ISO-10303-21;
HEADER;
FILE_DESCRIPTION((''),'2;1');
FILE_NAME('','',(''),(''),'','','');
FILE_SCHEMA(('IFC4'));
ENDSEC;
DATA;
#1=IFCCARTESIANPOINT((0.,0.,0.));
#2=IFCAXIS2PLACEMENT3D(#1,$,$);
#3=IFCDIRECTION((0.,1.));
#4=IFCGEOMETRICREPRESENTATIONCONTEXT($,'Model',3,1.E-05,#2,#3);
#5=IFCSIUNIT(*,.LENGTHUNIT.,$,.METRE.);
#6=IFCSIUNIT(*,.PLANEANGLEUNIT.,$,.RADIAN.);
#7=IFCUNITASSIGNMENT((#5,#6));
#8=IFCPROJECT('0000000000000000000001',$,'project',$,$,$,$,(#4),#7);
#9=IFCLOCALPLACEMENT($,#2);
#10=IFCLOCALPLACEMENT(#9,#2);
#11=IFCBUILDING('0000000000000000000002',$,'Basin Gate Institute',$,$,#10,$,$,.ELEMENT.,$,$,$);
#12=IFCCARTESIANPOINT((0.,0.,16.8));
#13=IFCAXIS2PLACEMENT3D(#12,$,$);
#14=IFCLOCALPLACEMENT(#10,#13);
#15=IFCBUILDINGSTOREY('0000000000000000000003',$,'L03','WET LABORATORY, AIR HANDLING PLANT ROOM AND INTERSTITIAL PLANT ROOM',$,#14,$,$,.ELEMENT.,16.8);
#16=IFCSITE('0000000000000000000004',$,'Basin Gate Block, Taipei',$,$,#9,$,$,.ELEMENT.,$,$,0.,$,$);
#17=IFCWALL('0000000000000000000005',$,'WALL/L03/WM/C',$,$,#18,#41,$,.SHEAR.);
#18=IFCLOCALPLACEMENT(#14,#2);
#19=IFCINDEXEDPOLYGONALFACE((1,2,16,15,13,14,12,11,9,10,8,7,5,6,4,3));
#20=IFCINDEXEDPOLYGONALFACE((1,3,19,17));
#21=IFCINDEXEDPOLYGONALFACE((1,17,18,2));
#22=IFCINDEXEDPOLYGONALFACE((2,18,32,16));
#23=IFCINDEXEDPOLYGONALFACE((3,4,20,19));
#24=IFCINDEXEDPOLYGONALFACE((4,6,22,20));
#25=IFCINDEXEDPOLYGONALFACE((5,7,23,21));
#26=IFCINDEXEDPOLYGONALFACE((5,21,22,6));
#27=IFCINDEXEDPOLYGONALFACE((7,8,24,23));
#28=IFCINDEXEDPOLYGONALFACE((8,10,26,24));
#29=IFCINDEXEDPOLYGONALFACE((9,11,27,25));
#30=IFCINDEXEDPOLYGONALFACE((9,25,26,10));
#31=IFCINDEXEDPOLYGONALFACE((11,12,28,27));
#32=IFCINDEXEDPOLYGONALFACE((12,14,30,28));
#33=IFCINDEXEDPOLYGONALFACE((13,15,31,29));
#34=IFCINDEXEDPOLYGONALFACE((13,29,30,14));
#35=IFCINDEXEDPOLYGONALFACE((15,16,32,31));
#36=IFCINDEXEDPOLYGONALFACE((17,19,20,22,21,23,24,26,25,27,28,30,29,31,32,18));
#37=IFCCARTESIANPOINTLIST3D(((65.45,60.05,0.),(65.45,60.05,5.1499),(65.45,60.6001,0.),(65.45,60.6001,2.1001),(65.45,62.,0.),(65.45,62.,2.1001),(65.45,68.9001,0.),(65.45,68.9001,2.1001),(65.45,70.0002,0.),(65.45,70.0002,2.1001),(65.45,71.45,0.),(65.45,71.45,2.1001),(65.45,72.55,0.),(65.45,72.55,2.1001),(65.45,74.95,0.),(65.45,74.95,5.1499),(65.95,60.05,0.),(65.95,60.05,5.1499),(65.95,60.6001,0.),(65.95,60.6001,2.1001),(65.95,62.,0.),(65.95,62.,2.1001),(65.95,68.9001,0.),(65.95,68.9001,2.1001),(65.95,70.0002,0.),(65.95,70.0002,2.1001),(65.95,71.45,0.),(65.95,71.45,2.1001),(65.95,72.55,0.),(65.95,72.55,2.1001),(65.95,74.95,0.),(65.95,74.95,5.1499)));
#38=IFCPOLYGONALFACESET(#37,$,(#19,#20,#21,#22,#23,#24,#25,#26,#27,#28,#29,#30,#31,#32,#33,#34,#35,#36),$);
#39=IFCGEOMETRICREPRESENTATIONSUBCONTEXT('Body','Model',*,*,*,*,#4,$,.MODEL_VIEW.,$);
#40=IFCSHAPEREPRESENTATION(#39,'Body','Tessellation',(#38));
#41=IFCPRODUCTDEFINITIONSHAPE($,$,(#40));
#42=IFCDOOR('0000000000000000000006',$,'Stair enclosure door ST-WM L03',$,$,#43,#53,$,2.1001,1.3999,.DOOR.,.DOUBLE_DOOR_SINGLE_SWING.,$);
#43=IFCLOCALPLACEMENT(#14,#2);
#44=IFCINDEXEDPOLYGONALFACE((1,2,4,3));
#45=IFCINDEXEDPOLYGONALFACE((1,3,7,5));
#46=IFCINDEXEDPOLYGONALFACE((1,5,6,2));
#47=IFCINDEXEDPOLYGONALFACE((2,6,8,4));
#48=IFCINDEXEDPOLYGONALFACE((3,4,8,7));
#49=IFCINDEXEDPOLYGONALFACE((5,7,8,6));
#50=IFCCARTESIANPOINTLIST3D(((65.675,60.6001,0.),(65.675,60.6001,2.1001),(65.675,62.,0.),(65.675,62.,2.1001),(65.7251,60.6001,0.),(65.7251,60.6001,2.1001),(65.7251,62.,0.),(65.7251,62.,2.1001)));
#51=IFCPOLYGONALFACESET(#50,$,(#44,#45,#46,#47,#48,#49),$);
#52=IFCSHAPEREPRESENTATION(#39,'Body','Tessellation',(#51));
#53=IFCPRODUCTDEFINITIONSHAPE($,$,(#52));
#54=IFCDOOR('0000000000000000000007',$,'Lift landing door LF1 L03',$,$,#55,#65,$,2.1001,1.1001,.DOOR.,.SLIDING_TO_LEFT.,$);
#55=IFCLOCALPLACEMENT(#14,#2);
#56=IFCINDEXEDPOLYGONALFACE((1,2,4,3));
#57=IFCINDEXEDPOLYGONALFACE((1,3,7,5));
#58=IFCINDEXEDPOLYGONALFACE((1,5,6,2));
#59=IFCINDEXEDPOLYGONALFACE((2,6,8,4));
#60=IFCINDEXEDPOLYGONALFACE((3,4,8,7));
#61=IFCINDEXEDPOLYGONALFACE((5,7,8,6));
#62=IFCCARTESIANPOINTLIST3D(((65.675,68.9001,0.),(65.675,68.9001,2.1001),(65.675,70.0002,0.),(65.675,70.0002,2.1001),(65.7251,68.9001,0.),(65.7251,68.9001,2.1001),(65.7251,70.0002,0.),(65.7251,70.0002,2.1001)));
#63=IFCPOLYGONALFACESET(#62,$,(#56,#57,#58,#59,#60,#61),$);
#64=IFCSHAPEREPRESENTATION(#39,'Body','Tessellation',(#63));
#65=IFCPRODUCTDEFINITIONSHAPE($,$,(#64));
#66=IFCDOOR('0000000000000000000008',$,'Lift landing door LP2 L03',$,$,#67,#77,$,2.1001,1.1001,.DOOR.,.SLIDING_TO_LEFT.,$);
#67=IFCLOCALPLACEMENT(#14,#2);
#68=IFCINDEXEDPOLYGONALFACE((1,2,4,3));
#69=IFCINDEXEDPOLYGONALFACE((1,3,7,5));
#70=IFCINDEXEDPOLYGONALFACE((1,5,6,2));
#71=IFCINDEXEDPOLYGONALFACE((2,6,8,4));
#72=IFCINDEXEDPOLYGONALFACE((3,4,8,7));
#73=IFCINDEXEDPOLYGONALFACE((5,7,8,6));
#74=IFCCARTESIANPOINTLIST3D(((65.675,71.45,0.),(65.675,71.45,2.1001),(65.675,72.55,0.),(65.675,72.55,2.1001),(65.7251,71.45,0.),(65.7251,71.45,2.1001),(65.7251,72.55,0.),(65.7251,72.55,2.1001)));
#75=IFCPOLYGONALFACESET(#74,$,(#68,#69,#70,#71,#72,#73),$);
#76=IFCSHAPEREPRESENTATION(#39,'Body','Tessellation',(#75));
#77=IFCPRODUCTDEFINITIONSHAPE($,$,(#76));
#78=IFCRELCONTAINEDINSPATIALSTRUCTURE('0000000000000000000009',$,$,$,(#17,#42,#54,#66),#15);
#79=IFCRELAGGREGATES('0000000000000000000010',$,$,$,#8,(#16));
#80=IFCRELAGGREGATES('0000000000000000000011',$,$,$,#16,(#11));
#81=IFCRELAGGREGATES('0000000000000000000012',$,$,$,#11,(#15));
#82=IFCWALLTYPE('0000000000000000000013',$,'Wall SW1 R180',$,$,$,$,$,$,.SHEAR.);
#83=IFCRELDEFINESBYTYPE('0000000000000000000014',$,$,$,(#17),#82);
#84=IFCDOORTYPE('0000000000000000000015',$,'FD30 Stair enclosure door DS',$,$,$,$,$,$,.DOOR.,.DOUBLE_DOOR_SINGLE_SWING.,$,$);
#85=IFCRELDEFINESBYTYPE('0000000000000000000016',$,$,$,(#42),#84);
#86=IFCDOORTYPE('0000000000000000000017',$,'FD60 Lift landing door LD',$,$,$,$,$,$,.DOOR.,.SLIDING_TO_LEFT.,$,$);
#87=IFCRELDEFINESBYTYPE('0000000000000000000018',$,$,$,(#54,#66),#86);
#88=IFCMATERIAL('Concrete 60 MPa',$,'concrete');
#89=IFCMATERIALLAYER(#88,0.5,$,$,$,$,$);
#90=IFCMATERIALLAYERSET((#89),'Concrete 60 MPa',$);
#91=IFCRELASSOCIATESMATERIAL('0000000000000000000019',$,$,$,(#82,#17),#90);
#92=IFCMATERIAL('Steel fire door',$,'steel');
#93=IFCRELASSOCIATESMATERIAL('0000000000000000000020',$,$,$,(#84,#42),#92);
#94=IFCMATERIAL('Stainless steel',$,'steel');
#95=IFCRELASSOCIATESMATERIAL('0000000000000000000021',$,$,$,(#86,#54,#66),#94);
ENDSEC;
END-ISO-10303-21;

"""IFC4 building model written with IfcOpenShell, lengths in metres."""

from ifc_helpers import new_model, si_unit, direction, frame, frame_2d, origin, place, context, subcontext, project, spatial, rectangle, extrude, material, layer, layer_set, type_object, element, fill, save


model = new_model("IFC4")

# Units and contexts
model_context = context("Model", 3, precision=1e-05, world=origin(), true_north=direction((0.0, 1.0)))
body_context = subcontext(model_context, "Body", "Model", "MODEL_VIEW")
ifc_project = project(units=[si_unit("LENGTHUNIT", "METRE"), si_unit("PLANEANGLEUNIT", "RADIAN")], contexts=[model_context])

# Site, building, storey
site_placement = place(None, origin())
site = spatial("IfcSite", under=ifc_project, at=site_placement, Name="Basin Gate Block, Taipei", CompositionType="ELEMENT", RefElevation=0.0)
building_placement = place(site_placement, origin())
building = spatial("IfcBuilding", under=site, at=building_placement, Name="Basin Gate Institute", CompositionType="ELEMENT")
storey_placement = place(building_placement, frame((0.0, 0.0, 16.8)))
storey = spatial("IfcBuildingStorey", under=building, at=storey_placement, Name="L03", Description="WET LABORATORY, AIR HANDLING PLANT ROOM AND INTERSTITIAL PLANT ROOM", CompositionType="ELEMENT", Elevation=16.8)

# Wall, openings, doors
ifc_material_1 = material(Name="Concrete 60 MPa", Category="concrete")
ifc_layer_1 = layer(ifc_material_1, 0.5)
ifc_layer_set_1 = layer_set([ifc_layer_1], Name="Concrete 60 MPa")
wall_type_1 = type_object("IfcWallType", Name="Wall SW1 R180", PredefinedType="SHEAR", material=ifc_layer_set_1)
wall_1_placement = place(storey_placement, frame((65.7, 60.05, 0.0), z_axis=(0.0, 0.0, 1.0), x_axis=(0.0, 1.0, 0.0)))
wall_1 = element("IfcWall", 1, at=wall_1_placement, inside=storey, type_object=wall_type_1, material=ifc_layer_set_1, Name="WALL/L03/WM/C", PredefinedType="SHEAR", context=body_context, shape_type="SweptSolid", body=[
    extrude(rectangle(XDim=14.8999, YDim=0.5, at=frame_2d((7.45, 0.0))), origin(), (0.0, 0.0, 1.0), 5.1499),
])
opening_1_placement = place(wall_1_placement, frame((0.55, 0.0, 0.0)))
opening_1 = element("IfcOpeningElement", 2, at=opening_1_placement, cuts=wall_1, PredefinedType="OPENING", context=body_context, shape_type="SweptSolid", body=[
    extrude(rectangle(XDim=1.3999, YDim=2.1001, at=frame_2d((0.7, 1.05))), frame((0.0, 0.26, 0.0), z_axis=(0.0, -1.0, 0.0), x_axis=(1.0, 0.0, 0.0)), (0.0, 0.0, 1.0), 0.52),
])
opening_2_placement = place(wall_1_placement, frame((8.8501, 0.0, 0.0)))
opening_2 = element("IfcOpeningElement", 3, at=opening_2_placement, cuts=wall_1, PredefinedType="OPENING", context=body_context, shape_type="SweptSolid", body=[
    extrude(rectangle(XDim=1.1001, YDim=2.1001, at=frame_2d((0.55, 1.05))), frame((0.0, 0.26, 0.0), z_axis=(0.0, -1.0, 0.0), x_axis=(1.0, 0.0, 0.0)), (0.0, 0.0, 1.0), 0.52),
])
opening_3_placement = place(wall_1_placement, frame((11.3999, 0.0, 0.0)))
opening_3 = element("IfcOpeningElement", 4, at=opening_3_placement, cuts=wall_1, PredefinedType="OPENING", context=body_context, shape_type="SweptSolid", body=[
    extrude(rectangle(XDim=1.1001, YDim=2.1001, at=frame_2d((0.55, 1.05))), frame((0.0, 0.26, 0.0), z_axis=(0.0, -1.0, 0.0), x_axis=(1.0, 0.0, 0.0)), (0.0, 0.0, 1.0), 0.52),
])
ifc_material_2 = material(Name="Steel fire door", Category="steel")
door_type_1 = type_object("IfcDoorType", Name="FD30 Stair enclosure door DS", OperationType="DOUBLE_DOOR_SINGLE_SWING", PredefinedType="DOOR", material=ifc_material_2)
door_1_placement = place(opening_1_placement, origin())
door_1 = element("IfcDoor", 5, at=door_1_placement, inside=storey, type_object=door_type_1, material=ifc_material_2, Name="Stair enclosure door ST-WM L03", OperationType="DOUBLE_DOOR_SINGLE_SWING", OverallHeight=2.1001, OverallWidth=1.3999, PredefinedType="DOOR", context=body_context, shape_type="SweptSolid", body=[
    extrude(rectangle(XDim=1.3999, YDim=2.1001, at=frame_2d((0.7, 1.05))), frame((0.0, 0.0249, 0.0), z_axis=(0.0, -1.0, 0.0), x_axis=(1.0, 0.0, 0.0)), (0.0, 0.0, 1.0), 0.05),
])
fill(opening_1, door_1)
ifc_material_3 = material(Name="Stainless steel", Category="steel")
door_type_2 = type_object("IfcDoorType", Name="FD60 Lift landing door LD", OperationType="SLIDING_TO_LEFT", PredefinedType="DOOR", material=ifc_material_3)
door_2_placement = place(opening_2_placement, origin())
door_2 = element("IfcDoor", 6, at=door_2_placement, inside=storey, type_object=door_type_2, material=ifc_material_3, Name="Lift landing door LF1 L03", OperationType="SLIDING_TO_LEFT", OverallHeight=2.1001, OverallWidth=1.1001, PredefinedType="DOOR", context=body_context, shape_type="SweptSolid", body=[
    extrude(rectangle(XDim=1.1001, YDim=2.1001, at=frame_2d((0.55, 1.05))), frame((0.0, 0.0249, 0.0), z_axis=(0.0, -1.0, 0.0), x_axis=(1.0, 0.0, 0.0)), (0.0, 0.0, 1.0), 0.05),
])
fill(opening_2, door_2)
door_3_placement = place(opening_3_placement, origin())
door_3 = element("IfcDoor", 7, at=door_3_placement, inside=storey, type_object=door_type_2, material=ifc_material_3, Name="Lift landing door LP2 L03", OperationType="SLIDING_TO_LEFT", OverallHeight=2.1001, OverallWidth=1.1001, PredefinedType="DOOR", context=body_context, shape_type="SweptSolid", body=[
    extrude(rectangle(XDim=1.1001, YDim=2.1001, at=frame_2d((0.55, 1.05))), frame((0.0, 0.0249, 0.0), z_axis=(0.0, -1.0, 0.0), x_axis=(1.0, 0.0, 0.0)), (0.0, 0.0, 1.0), 0.05),
])
fill(opening_3, door_3)

save(model, "model.ifc")
